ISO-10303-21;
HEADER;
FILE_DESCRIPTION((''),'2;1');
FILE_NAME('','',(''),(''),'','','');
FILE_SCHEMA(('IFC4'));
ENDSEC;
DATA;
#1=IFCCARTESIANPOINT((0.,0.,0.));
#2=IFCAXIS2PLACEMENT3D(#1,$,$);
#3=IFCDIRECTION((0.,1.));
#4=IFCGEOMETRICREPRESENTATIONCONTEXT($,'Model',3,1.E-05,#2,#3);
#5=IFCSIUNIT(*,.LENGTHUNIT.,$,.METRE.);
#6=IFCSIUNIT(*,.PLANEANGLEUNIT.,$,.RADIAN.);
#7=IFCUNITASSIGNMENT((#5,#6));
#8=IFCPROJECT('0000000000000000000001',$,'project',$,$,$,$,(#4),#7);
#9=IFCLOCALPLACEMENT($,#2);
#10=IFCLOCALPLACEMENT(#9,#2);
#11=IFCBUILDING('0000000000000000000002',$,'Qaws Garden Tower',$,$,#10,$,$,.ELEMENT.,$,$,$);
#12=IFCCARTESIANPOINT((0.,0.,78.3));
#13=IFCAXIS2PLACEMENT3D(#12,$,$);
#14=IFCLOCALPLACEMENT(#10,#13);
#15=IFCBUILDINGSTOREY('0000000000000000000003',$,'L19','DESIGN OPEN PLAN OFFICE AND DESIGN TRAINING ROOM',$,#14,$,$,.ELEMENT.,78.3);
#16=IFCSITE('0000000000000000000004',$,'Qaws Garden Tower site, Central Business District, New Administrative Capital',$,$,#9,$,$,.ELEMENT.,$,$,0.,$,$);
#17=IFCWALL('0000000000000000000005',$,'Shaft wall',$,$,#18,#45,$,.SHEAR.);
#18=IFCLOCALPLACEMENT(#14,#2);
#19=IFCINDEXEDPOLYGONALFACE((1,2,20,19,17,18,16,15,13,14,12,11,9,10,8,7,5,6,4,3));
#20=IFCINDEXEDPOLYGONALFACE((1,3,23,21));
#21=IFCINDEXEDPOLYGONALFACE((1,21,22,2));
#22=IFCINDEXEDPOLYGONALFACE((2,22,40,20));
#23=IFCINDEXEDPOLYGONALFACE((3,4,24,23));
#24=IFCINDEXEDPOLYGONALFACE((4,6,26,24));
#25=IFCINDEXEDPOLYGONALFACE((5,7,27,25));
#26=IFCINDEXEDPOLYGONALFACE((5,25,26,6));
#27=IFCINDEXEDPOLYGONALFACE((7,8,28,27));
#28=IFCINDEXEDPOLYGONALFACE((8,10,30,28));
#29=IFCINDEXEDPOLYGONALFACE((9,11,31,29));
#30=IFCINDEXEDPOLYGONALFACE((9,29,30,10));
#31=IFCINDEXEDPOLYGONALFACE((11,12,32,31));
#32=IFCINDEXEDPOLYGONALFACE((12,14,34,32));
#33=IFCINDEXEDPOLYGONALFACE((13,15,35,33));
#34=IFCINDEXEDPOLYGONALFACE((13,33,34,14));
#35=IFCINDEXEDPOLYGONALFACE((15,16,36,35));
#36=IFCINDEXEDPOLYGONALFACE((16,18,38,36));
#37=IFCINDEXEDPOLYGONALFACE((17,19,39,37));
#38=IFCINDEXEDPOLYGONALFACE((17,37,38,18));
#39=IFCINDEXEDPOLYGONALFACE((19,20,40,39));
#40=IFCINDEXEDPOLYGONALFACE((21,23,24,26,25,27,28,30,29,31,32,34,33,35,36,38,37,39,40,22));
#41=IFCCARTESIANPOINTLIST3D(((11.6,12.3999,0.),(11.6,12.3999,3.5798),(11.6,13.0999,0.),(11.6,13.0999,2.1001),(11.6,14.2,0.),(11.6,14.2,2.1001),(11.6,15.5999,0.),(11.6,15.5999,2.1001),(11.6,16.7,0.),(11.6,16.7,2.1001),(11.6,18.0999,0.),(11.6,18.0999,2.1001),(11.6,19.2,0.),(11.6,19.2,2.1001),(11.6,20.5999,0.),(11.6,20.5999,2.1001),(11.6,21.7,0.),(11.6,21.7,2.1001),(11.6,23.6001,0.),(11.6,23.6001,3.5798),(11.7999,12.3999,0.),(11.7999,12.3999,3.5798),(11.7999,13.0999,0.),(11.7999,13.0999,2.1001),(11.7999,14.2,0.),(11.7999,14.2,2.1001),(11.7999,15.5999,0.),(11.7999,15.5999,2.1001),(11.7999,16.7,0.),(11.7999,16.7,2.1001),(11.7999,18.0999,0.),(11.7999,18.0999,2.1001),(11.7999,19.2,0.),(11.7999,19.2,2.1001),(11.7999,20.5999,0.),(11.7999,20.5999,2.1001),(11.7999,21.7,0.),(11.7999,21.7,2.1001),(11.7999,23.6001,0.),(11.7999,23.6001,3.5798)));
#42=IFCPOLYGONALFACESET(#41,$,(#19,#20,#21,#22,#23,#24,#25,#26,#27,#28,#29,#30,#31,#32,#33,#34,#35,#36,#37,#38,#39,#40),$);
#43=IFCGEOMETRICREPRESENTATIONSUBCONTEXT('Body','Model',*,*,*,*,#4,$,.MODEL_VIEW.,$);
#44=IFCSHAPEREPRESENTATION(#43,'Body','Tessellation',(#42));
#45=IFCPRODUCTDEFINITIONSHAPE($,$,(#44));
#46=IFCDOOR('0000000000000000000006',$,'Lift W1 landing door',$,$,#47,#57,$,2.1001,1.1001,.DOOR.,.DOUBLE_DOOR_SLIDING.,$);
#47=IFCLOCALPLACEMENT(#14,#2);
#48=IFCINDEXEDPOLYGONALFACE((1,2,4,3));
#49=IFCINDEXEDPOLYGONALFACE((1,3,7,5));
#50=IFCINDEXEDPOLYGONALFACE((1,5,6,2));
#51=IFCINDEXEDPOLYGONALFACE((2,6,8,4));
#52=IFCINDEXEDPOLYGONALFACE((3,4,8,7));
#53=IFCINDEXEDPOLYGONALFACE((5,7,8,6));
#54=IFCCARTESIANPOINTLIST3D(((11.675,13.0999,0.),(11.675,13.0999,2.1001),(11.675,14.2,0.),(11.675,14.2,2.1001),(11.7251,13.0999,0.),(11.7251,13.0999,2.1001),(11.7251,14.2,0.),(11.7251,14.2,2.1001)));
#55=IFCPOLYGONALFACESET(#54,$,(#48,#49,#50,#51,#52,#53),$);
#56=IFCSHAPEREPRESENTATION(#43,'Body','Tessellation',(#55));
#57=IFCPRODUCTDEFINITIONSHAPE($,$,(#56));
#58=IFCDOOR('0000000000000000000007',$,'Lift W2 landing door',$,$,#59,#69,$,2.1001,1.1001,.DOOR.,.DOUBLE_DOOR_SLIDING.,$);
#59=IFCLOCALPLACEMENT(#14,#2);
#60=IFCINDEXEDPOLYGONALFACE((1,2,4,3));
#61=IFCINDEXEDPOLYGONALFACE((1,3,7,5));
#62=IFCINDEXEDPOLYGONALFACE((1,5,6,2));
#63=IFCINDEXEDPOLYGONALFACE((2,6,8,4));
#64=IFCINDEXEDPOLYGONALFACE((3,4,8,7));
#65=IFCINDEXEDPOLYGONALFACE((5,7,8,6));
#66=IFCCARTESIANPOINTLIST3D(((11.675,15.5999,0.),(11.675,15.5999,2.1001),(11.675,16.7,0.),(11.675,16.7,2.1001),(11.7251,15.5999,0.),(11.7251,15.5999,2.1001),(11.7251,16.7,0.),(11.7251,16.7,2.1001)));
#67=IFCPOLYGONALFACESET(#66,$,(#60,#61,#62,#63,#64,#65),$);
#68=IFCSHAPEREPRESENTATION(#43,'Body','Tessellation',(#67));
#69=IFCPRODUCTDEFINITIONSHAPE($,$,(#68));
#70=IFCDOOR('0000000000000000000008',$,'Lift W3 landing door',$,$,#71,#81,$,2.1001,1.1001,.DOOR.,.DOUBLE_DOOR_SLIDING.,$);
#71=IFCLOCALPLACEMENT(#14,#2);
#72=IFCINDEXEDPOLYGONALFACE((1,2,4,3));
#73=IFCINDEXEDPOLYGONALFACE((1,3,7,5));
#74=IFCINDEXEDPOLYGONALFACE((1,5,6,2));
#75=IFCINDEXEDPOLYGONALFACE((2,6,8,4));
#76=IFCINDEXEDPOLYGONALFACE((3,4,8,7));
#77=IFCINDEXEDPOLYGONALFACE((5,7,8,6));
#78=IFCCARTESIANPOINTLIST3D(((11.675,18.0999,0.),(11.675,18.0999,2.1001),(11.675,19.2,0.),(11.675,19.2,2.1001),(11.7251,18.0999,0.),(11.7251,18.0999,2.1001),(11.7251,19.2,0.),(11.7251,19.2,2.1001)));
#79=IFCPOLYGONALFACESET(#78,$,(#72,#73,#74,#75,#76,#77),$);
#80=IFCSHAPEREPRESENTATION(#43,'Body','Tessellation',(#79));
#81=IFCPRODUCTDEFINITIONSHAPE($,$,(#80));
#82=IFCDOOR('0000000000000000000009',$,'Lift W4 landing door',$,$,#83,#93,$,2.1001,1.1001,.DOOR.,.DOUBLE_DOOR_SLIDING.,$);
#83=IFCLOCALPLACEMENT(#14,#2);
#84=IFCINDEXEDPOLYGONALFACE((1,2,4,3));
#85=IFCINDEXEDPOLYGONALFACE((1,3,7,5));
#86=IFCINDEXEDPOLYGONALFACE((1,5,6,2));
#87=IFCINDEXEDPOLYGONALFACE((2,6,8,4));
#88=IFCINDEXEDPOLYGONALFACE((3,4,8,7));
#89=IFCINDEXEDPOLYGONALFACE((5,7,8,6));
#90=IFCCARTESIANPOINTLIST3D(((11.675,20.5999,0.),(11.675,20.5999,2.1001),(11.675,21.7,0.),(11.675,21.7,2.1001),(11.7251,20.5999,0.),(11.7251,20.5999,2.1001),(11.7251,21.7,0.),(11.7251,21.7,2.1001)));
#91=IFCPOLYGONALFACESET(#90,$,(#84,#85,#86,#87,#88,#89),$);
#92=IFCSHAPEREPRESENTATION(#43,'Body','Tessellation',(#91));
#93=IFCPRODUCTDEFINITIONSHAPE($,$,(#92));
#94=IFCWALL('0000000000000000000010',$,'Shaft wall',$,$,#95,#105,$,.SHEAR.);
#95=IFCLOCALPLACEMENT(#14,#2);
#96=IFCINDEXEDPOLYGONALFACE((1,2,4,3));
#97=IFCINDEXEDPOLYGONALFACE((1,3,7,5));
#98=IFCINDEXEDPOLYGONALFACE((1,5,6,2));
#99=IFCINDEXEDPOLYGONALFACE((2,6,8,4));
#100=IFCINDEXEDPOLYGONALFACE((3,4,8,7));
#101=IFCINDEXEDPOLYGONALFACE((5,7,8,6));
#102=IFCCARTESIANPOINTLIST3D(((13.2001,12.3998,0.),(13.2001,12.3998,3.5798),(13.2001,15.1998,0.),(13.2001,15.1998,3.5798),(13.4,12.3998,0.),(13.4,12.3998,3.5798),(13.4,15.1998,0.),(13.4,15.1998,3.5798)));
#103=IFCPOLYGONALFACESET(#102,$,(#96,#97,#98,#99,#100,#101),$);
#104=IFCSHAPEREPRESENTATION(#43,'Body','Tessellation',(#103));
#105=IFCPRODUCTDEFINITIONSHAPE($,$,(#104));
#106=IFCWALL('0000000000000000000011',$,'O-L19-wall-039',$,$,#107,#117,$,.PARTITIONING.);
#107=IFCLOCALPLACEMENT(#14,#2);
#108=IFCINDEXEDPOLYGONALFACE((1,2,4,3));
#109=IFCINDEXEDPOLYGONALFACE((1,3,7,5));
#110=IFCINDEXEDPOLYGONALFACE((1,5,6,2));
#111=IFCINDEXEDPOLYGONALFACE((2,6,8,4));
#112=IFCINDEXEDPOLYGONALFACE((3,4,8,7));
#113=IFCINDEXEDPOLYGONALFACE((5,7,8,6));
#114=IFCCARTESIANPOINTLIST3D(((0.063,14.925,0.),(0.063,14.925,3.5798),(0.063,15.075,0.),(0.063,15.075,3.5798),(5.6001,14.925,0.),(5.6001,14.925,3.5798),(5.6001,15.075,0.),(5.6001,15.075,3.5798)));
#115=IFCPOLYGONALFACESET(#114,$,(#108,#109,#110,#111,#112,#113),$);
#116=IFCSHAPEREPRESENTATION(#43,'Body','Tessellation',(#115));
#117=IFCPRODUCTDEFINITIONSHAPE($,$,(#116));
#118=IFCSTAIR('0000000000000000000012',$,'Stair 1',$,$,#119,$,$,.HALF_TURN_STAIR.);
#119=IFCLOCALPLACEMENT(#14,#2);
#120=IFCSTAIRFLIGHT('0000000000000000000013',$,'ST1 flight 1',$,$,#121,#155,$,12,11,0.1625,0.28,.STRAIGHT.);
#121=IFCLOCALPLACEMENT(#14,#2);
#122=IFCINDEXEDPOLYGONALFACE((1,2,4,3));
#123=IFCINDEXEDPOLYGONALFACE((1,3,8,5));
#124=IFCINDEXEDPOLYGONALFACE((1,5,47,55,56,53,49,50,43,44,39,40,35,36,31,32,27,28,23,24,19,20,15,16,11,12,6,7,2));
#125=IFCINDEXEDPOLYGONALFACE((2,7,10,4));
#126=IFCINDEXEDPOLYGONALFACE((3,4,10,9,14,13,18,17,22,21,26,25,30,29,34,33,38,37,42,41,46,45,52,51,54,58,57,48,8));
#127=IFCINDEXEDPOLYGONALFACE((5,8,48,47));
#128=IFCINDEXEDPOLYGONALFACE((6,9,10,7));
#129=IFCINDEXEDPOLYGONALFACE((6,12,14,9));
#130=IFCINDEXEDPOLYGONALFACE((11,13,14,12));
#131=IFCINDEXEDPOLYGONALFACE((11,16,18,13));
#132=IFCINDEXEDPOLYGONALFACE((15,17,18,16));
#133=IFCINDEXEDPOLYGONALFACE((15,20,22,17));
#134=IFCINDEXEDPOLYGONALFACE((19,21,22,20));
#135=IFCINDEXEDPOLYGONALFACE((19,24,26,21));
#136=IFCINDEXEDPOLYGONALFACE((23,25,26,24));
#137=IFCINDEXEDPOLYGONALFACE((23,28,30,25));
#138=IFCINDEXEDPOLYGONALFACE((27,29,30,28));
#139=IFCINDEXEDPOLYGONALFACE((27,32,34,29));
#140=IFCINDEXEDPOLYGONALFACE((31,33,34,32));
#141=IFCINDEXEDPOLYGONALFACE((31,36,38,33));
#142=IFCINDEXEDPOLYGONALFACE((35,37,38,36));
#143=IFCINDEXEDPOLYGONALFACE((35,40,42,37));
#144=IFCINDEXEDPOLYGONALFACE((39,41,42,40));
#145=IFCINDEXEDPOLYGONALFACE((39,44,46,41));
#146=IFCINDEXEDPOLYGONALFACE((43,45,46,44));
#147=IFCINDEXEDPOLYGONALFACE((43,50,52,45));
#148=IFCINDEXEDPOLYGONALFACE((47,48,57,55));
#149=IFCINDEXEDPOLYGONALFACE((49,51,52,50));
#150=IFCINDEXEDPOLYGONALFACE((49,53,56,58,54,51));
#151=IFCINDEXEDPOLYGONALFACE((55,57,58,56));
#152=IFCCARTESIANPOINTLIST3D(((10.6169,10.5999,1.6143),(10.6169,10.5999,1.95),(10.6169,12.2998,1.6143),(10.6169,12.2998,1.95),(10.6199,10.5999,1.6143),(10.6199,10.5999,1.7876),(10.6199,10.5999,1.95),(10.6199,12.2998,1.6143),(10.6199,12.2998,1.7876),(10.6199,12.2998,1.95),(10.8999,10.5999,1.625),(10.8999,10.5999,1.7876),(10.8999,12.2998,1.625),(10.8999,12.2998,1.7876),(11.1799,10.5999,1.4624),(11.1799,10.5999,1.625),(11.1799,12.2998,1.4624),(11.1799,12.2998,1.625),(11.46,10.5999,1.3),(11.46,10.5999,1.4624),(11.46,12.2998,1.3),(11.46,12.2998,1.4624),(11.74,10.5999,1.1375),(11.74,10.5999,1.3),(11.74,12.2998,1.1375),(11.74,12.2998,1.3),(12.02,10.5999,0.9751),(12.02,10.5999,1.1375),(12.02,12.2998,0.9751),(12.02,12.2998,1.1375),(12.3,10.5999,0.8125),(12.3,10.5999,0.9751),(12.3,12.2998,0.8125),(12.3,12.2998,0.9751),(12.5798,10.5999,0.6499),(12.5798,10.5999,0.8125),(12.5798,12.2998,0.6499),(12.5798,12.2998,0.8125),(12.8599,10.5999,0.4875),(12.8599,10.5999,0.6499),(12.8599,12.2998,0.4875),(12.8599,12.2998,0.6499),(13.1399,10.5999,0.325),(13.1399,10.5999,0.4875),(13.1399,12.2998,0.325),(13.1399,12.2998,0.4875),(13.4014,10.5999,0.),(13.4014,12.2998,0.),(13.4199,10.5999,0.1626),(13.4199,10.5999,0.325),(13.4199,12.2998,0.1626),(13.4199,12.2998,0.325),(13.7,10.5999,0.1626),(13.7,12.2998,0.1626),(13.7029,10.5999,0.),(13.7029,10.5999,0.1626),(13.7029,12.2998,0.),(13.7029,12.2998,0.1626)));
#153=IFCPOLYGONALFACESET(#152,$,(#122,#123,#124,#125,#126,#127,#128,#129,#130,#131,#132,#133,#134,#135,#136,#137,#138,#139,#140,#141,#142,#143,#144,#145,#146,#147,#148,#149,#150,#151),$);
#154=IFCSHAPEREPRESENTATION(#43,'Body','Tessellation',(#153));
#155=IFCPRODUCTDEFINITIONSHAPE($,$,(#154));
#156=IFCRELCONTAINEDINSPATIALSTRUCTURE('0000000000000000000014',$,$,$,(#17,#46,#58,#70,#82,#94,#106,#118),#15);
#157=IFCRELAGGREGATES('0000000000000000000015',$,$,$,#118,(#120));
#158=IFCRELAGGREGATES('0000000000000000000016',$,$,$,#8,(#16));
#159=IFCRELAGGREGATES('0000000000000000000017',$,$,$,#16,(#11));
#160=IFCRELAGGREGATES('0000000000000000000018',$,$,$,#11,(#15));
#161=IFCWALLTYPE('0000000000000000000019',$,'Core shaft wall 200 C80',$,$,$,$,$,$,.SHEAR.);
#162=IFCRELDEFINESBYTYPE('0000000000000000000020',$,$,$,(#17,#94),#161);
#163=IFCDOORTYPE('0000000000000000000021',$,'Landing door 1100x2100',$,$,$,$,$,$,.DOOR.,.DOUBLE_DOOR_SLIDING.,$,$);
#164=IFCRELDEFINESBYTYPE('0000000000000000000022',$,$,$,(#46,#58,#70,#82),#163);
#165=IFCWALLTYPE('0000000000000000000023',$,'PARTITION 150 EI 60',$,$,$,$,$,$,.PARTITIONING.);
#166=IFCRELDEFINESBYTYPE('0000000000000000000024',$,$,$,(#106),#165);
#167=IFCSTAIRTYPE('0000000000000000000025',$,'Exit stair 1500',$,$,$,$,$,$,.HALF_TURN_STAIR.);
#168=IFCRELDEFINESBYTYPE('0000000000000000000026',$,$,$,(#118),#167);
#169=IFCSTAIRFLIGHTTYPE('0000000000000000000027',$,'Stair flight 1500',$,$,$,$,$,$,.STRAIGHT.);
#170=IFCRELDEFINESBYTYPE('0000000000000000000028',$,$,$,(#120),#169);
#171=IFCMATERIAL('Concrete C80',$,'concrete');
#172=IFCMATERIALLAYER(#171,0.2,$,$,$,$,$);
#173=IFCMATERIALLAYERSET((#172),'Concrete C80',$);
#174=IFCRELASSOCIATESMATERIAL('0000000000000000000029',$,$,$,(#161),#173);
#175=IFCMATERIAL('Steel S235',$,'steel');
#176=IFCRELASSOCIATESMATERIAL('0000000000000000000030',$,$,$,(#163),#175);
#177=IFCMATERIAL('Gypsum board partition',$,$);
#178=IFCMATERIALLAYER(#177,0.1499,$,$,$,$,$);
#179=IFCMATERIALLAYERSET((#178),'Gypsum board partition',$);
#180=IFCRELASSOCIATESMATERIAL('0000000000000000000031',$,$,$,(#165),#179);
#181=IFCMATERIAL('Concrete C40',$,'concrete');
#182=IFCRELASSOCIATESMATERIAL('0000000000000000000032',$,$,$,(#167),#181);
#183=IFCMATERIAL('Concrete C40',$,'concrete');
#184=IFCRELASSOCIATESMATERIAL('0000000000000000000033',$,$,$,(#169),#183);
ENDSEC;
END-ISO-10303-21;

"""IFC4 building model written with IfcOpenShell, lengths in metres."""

from ifc_helpers import new_model, si_unit, direction, frame, frame_2d, origin, place, context, subcontext, project, spatial, polyline, rectangle, outline, extrude, material, layer, layer_set, type_object, element, fill, aggregate, save


model = new_model("IFC4")

# Units and contexts
model_context = context("Model", 3, precision=1e-05, world=origin(), true_north=direction((0.0, 1.0)))
body_context = subcontext(model_context, "Body", "Model", "MODEL_VIEW")
ifc_project = project(units=[si_unit("LENGTHUNIT", "METRE"), si_unit("PLANEANGLEUNIT", "RADIAN")], contexts=[model_context])

# Site, building, storey
site_placement = place(None, origin())
site = spatial("IfcSite", under=ifc_project, at=site_placement, Name="Qaws Garden Tower site, Central Business District, New Administrative Capital", CompositionType="ELEMENT", RefElevation=0.0)
building_placement = place(site_placement, origin())
building = spatial("IfcBuilding", under=site, at=building_placement, Name="Qaws Garden Tower", CompositionType="ELEMENT")
storey_placement = place(building_placement, frame((0.0, 0.0, 78.3)))
storey = spatial("IfcBuildingStorey", under=building, at=storey_placement, Name="L19", Description="DESIGN OPEN PLAN OFFICE AND DESIGN TRAINING ROOM", CompositionType="ELEMENT", Elevation=78.3)

# Shared definitions
ifc_material_1 = material(Name="Concrete C80", Category="concrete")
ifc_layer_1 = layer(ifc_material_1, 0.2)
ifc_layer_set_1 = layer_set([ifc_layer_1], Name="Concrete C80")
wall_type_1 = type_object("IfcWallType", Name="Core shaft wall 200 C80", PredefinedType="SHEAR", material=ifc_layer_set_1)

# Wall, openings, doors
wall_1_placement = place(storey_placement, frame((11.7, 12.3999, 0.0), z_axis=(0.0, 0.0, 1.0), x_axis=(0.0, 1.0, 0.0)))
wall_1 = element("IfcWall", 1, at=wall_1_placement, inside=storey, type_object=wall_type_1, Name="Shaft wall", PredefinedType="SHEAR", context=body_context, shape_type="SweptSolid", body=[
    extrude(rectangle(XDim=11.2002, YDim=0.2, at=frame_2d((5.6001, 0.0))), origin(), (0.0, 0.0, 1.0), 3.5798),
])
opening_1_placement = place(wall_1_placement, frame((0.7, 0.0, 0.0)))
opening_1 = element("IfcOpeningElement", 2, at=opening_1_placement, cuts=wall_1, PredefinedType="OPENING", context=body_context, shape_type="SweptSolid", body=[
    extrude(rectangle(XDim=1.1001, YDim=2.1001, at=frame_2d((0.55, 1.05))), frame((0.0, 0.1099, 0.0), z_axis=(0.0, -1.0, 0.0), x_axis=(1.0, 0.0, 0.0)), (0.0, 0.0, 1.0), 0.22),
])
opening_2_placement = place(wall_1_placement, frame((3.2, 0.0, 0.0)))
opening_2 = element("IfcOpeningElement", 3, at=opening_2_placement, cuts=wall_1, PredefinedType="OPENING", context=body_context, shape_type="SweptSolid", body=[
    extrude(rectangle(XDim=1.1001, YDim=2.1001, at=frame_2d((0.55, 1.05))), frame((0.0, 0.1099, 0.0), z_axis=(0.0, -1.0, 0.0), x_axis=(1.0, 0.0, 0.0)), (0.0, 0.0, 1.0), 0.22),
])
opening_3_placement = place(wall_1_placement, frame((5.7, 0.0, 0.0)))
opening_3 = element("IfcOpeningElement", 4, at=opening_3_placement, cuts=wall_1, PredefinedType="OPENING", context=body_context, shape_type="SweptSolid", body=[
    extrude(rectangle(XDim=1.1001, YDim=2.1001, at=frame_2d((0.55, 1.05))), frame((0.0, 0.1099, 0.0), z_axis=(0.0, -1.0, 0.0), x_axis=(1.0, 0.0, 0.0)), (0.0, 0.0, 1.0), 0.22),
])
opening_4_placement = place(wall_1_placement, frame((8.2, 0.0, 0.0)))
opening_4 = element("IfcOpeningElement", 5, at=opening_4_placement, cuts=wall_1, PredefinedType="OPENING", context=body_context, shape_type="SweptSolid", body=[
    extrude(rectangle(XDim=1.1001, YDim=2.1001, at=frame_2d((0.55, 1.05))), frame((0.0, 0.1099, 0.0), z_axis=(0.0, -1.0, 0.0), x_axis=(1.0, 0.0, 0.0)), (0.0, 0.0, 1.0), 0.22),
])
ifc_material_2 = material(Name="Steel S235", Category="steel")
door_type = type_object("IfcDoorType", Name="Landing door 1100x2100", OperationType="DOUBLE_DOOR_SLIDING", PredefinedType="DOOR", material=ifc_material_2)
door_1_placement = place(opening_1_placement, origin())
door_1 = element("IfcDoor", 6, at=door_1_placement, inside=storey, type_object=door_type, Name="Lift W1 landing door", OperationType="DOUBLE_DOOR_SLIDING", OverallHeight=2.1001, OverallWidth=1.1001, PredefinedType="DOOR", context=body_context, shape_type="SweptSolid", body=[
    extrude(rectangle(XDim=1.1001, YDim=2.1001, at=frame_2d((0.55, 1.05))), frame((0.0, 0.0249, 0.0), z_axis=(0.0, -1.0, 0.0), x_axis=(1.0, 0.0, 0.0)), (0.0, 0.0, 1.0), 0.05),
])
fill(opening_1, door_1)
door_2_placement = place(opening_2_placement, origin())
door_2 = element("IfcDoor", 7, at=door_2_placement, inside=storey, type_object=door_type, Name="Lift W2 landing door", OperationType="DOUBLE_DOOR_SLIDING", OverallHeight=2.1001, OverallWidth=1.1001, PredefinedType="DOOR", context=body_context, shape_type="SweptSolid", body=[
    extrude(rectangle(XDim=1.1001, YDim=2.1001, at=frame_2d((0.55, 1.05))), frame((0.0, 0.0249, 0.0), z_axis=(0.0, -1.0, 0.0), x_axis=(1.0, 0.0, 0.0)), (0.0, 0.0, 1.0), 0.05),
])
fill(opening_2, door_2)
door_3_placement = place(opening_3_placement, origin())
door_3 = element("IfcDoor", 8, at=door_3_placement, inside=storey, type_object=door_type, Name="Lift W3 landing door", OperationType="DOUBLE_DOOR_SLIDING", OverallHeight=2.1001, OverallWidth=1.1001, PredefinedType="DOOR", context=body_context, shape_type="SweptSolid", body=[
    extrude(rectangle(XDim=1.1001, YDim=2.1001, at=frame_2d((0.55, 1.05))), frame((0.0, 0.0249, 0.0), z_axis=(0.0, -1.0, 0.0), x_axis=(1.0, 0.0, 0.0)), (0.0, 0.0, 1.0), 0.05),
])
fill(opening_3, door_3)
door_4_placement = place(opening_4_placement, origin())
door_4 = element("IfcDoor", 9, at=door_4_placement, inside=storey, type_object=door_type, Name="Lift W4 landing door", OperationType="DOUBLE_DOOR_SLIDING", OverallHeight=2.1001, OverallWidth=1.1001, PredefinedType="DOOR", context=body_context, shape_type="SweptSolid", body=[
    extrude(rectangle(XDim=1.1001, YDim=2.1001, at=frame_2d((0.55, 1.05))), frame((0.0, 0.0249, 0.0), z_axis=(0.0, -1.0, 0.0), x_axis=(1.0, 0.0, 0.0)), (0.0, 0.0, 1.0), 0.05),
])
fill(opening_4, door_4)

# Walls
wall_2_placement = place(storey_placement, frame((13.3, 12.3999, 0.0), z_axis=(0.0, 0.0, 1.0), x_axis=(0.0, 1.0, 0.0)))
element("IfcWall", 10, at=wall_2_placement, inside=storey, type_object=wall_type_1, Name="Shaft wall", PredefinedType="SHEAR", context=body_context, shape_type="SweptSolid", body=[
    extrude(rectangle(XDim=2.8, YDim=0.2, at=frame_2d((1.3999, 0.0))), origin(), (0.0, 0.0, 1.0), 3.5798),
])
ifc_material_3 = material(Name="Gypsum board partition")
ifc_layer_2 = layer(ifc_material_3, 0.1499)
ifc_layer_set_2 = layer_set([ifc_layer_2], Name="Gypsum board partition")
wall_type_2 = type_object("IfcWallType", Name="PARTITION 150 EI 60", PredefinedType="PARTITIONING", material=ifc_layer_set_2)
wall_3_placement = place(storey_placement, frame((0.063, 15.0, 0.0), z_axis=(0.0, 0.0, 1.0), x_axis=(1.0, 0.0, 0.0)))
element("IfcWall", 11, at=wall_3_placement, inside=storey, type_object=wall_type_2, Name="O-L19-wall-039", PredefinedType="PARTITIONING", context=body_context, shape_type="SweptSolid", body=[
    extrude(rectangle(XDim=5.5371, YDim=0.1499, at=frame_2d((2.7686, 0.0))), origin(), (0.0, 0.0, 1.0), 3.5798),
])

# Stair, stair flight
ifc_material_4 = material(Name="Concrete C40", Category="concrete")
stair_type = type_object("IfcStairType", Name="Exit stair 1500", PredefinedType="HALF_TURN_STAIR", material=ifc_material_4)
stair_placement = place(storey_placement, origin())
stair = element("IfcStair", 12, at=stair_placement, inside=storey, type_object=stair_type, Name="Stair 1", PredefinedType="HALF_TURN_STAIR")
ifc_material_5 = material(Name="Concrete C40", Category="concrete")
stair_flight_type = type_object("IfcStairFlightType", Name="Stair flight 1500", PredefinedType="STRAIGHT", material=ifc_material_5)
stair_flight_placement = place(storey_placement, frame((13.7, 11.45, 0.0), z_axis=(0.0, 0.0, 1.0), x_axis=(-1.0, 0.0, 0.0)))
stair_flight = element("IfcStairFlight", 13, at=stair_flight_placement, type_object=stair_flight_type, Name="ST1 flight 1", NumberOfRisers=12, NumberOfTreads=11, PredefinedType="STRAIGHT", RiserHeight=0.1625, TreadLength=0.28, context=body_context, shape_type="SweptSolid", body=[
    extrude(outline(polyline([(-0.0029, 0.0), (-0.0029, 0.1626), (0.0, 0.1626), (0.28, 0.1626), (0.28, 0.325), (0.5601, 0.325), (0.5601, 0.4875), (0.8401, 0.4875), (0.8401, 0.6499), (1.1201, 0.6499), (1.1201, 0.8125), (1.3999, 0.8125), (1.3999, 0.9751), (1.6799, 0.9751), (1.6799, 1.1375), (1.96, 1.1375), (1.96, 1.3), (2.24, 1.3), (2.24, 1.4624), (2.52, 1.4624), (2.52, 1.625), (2.8, 1.625), (2.8, 1.7876), (3.0801, 1.7876), (3.0801, 1.95), (3.083, 1.95), (3.083, 1.6143), (3.0801, 1.6143), (0.2986, 0.0), (-0.0029, 0.0)])), frame((0.0, 0.8501, 0.0), z_axis=(0.0, -1.0, 0.0), x_axis=(1.0, 0.0, 0.0)), (0.0, 0.0, 1.0), 1.7),
])
aggregate(stair, [stair_flight])

save(model, "model.ifc")
